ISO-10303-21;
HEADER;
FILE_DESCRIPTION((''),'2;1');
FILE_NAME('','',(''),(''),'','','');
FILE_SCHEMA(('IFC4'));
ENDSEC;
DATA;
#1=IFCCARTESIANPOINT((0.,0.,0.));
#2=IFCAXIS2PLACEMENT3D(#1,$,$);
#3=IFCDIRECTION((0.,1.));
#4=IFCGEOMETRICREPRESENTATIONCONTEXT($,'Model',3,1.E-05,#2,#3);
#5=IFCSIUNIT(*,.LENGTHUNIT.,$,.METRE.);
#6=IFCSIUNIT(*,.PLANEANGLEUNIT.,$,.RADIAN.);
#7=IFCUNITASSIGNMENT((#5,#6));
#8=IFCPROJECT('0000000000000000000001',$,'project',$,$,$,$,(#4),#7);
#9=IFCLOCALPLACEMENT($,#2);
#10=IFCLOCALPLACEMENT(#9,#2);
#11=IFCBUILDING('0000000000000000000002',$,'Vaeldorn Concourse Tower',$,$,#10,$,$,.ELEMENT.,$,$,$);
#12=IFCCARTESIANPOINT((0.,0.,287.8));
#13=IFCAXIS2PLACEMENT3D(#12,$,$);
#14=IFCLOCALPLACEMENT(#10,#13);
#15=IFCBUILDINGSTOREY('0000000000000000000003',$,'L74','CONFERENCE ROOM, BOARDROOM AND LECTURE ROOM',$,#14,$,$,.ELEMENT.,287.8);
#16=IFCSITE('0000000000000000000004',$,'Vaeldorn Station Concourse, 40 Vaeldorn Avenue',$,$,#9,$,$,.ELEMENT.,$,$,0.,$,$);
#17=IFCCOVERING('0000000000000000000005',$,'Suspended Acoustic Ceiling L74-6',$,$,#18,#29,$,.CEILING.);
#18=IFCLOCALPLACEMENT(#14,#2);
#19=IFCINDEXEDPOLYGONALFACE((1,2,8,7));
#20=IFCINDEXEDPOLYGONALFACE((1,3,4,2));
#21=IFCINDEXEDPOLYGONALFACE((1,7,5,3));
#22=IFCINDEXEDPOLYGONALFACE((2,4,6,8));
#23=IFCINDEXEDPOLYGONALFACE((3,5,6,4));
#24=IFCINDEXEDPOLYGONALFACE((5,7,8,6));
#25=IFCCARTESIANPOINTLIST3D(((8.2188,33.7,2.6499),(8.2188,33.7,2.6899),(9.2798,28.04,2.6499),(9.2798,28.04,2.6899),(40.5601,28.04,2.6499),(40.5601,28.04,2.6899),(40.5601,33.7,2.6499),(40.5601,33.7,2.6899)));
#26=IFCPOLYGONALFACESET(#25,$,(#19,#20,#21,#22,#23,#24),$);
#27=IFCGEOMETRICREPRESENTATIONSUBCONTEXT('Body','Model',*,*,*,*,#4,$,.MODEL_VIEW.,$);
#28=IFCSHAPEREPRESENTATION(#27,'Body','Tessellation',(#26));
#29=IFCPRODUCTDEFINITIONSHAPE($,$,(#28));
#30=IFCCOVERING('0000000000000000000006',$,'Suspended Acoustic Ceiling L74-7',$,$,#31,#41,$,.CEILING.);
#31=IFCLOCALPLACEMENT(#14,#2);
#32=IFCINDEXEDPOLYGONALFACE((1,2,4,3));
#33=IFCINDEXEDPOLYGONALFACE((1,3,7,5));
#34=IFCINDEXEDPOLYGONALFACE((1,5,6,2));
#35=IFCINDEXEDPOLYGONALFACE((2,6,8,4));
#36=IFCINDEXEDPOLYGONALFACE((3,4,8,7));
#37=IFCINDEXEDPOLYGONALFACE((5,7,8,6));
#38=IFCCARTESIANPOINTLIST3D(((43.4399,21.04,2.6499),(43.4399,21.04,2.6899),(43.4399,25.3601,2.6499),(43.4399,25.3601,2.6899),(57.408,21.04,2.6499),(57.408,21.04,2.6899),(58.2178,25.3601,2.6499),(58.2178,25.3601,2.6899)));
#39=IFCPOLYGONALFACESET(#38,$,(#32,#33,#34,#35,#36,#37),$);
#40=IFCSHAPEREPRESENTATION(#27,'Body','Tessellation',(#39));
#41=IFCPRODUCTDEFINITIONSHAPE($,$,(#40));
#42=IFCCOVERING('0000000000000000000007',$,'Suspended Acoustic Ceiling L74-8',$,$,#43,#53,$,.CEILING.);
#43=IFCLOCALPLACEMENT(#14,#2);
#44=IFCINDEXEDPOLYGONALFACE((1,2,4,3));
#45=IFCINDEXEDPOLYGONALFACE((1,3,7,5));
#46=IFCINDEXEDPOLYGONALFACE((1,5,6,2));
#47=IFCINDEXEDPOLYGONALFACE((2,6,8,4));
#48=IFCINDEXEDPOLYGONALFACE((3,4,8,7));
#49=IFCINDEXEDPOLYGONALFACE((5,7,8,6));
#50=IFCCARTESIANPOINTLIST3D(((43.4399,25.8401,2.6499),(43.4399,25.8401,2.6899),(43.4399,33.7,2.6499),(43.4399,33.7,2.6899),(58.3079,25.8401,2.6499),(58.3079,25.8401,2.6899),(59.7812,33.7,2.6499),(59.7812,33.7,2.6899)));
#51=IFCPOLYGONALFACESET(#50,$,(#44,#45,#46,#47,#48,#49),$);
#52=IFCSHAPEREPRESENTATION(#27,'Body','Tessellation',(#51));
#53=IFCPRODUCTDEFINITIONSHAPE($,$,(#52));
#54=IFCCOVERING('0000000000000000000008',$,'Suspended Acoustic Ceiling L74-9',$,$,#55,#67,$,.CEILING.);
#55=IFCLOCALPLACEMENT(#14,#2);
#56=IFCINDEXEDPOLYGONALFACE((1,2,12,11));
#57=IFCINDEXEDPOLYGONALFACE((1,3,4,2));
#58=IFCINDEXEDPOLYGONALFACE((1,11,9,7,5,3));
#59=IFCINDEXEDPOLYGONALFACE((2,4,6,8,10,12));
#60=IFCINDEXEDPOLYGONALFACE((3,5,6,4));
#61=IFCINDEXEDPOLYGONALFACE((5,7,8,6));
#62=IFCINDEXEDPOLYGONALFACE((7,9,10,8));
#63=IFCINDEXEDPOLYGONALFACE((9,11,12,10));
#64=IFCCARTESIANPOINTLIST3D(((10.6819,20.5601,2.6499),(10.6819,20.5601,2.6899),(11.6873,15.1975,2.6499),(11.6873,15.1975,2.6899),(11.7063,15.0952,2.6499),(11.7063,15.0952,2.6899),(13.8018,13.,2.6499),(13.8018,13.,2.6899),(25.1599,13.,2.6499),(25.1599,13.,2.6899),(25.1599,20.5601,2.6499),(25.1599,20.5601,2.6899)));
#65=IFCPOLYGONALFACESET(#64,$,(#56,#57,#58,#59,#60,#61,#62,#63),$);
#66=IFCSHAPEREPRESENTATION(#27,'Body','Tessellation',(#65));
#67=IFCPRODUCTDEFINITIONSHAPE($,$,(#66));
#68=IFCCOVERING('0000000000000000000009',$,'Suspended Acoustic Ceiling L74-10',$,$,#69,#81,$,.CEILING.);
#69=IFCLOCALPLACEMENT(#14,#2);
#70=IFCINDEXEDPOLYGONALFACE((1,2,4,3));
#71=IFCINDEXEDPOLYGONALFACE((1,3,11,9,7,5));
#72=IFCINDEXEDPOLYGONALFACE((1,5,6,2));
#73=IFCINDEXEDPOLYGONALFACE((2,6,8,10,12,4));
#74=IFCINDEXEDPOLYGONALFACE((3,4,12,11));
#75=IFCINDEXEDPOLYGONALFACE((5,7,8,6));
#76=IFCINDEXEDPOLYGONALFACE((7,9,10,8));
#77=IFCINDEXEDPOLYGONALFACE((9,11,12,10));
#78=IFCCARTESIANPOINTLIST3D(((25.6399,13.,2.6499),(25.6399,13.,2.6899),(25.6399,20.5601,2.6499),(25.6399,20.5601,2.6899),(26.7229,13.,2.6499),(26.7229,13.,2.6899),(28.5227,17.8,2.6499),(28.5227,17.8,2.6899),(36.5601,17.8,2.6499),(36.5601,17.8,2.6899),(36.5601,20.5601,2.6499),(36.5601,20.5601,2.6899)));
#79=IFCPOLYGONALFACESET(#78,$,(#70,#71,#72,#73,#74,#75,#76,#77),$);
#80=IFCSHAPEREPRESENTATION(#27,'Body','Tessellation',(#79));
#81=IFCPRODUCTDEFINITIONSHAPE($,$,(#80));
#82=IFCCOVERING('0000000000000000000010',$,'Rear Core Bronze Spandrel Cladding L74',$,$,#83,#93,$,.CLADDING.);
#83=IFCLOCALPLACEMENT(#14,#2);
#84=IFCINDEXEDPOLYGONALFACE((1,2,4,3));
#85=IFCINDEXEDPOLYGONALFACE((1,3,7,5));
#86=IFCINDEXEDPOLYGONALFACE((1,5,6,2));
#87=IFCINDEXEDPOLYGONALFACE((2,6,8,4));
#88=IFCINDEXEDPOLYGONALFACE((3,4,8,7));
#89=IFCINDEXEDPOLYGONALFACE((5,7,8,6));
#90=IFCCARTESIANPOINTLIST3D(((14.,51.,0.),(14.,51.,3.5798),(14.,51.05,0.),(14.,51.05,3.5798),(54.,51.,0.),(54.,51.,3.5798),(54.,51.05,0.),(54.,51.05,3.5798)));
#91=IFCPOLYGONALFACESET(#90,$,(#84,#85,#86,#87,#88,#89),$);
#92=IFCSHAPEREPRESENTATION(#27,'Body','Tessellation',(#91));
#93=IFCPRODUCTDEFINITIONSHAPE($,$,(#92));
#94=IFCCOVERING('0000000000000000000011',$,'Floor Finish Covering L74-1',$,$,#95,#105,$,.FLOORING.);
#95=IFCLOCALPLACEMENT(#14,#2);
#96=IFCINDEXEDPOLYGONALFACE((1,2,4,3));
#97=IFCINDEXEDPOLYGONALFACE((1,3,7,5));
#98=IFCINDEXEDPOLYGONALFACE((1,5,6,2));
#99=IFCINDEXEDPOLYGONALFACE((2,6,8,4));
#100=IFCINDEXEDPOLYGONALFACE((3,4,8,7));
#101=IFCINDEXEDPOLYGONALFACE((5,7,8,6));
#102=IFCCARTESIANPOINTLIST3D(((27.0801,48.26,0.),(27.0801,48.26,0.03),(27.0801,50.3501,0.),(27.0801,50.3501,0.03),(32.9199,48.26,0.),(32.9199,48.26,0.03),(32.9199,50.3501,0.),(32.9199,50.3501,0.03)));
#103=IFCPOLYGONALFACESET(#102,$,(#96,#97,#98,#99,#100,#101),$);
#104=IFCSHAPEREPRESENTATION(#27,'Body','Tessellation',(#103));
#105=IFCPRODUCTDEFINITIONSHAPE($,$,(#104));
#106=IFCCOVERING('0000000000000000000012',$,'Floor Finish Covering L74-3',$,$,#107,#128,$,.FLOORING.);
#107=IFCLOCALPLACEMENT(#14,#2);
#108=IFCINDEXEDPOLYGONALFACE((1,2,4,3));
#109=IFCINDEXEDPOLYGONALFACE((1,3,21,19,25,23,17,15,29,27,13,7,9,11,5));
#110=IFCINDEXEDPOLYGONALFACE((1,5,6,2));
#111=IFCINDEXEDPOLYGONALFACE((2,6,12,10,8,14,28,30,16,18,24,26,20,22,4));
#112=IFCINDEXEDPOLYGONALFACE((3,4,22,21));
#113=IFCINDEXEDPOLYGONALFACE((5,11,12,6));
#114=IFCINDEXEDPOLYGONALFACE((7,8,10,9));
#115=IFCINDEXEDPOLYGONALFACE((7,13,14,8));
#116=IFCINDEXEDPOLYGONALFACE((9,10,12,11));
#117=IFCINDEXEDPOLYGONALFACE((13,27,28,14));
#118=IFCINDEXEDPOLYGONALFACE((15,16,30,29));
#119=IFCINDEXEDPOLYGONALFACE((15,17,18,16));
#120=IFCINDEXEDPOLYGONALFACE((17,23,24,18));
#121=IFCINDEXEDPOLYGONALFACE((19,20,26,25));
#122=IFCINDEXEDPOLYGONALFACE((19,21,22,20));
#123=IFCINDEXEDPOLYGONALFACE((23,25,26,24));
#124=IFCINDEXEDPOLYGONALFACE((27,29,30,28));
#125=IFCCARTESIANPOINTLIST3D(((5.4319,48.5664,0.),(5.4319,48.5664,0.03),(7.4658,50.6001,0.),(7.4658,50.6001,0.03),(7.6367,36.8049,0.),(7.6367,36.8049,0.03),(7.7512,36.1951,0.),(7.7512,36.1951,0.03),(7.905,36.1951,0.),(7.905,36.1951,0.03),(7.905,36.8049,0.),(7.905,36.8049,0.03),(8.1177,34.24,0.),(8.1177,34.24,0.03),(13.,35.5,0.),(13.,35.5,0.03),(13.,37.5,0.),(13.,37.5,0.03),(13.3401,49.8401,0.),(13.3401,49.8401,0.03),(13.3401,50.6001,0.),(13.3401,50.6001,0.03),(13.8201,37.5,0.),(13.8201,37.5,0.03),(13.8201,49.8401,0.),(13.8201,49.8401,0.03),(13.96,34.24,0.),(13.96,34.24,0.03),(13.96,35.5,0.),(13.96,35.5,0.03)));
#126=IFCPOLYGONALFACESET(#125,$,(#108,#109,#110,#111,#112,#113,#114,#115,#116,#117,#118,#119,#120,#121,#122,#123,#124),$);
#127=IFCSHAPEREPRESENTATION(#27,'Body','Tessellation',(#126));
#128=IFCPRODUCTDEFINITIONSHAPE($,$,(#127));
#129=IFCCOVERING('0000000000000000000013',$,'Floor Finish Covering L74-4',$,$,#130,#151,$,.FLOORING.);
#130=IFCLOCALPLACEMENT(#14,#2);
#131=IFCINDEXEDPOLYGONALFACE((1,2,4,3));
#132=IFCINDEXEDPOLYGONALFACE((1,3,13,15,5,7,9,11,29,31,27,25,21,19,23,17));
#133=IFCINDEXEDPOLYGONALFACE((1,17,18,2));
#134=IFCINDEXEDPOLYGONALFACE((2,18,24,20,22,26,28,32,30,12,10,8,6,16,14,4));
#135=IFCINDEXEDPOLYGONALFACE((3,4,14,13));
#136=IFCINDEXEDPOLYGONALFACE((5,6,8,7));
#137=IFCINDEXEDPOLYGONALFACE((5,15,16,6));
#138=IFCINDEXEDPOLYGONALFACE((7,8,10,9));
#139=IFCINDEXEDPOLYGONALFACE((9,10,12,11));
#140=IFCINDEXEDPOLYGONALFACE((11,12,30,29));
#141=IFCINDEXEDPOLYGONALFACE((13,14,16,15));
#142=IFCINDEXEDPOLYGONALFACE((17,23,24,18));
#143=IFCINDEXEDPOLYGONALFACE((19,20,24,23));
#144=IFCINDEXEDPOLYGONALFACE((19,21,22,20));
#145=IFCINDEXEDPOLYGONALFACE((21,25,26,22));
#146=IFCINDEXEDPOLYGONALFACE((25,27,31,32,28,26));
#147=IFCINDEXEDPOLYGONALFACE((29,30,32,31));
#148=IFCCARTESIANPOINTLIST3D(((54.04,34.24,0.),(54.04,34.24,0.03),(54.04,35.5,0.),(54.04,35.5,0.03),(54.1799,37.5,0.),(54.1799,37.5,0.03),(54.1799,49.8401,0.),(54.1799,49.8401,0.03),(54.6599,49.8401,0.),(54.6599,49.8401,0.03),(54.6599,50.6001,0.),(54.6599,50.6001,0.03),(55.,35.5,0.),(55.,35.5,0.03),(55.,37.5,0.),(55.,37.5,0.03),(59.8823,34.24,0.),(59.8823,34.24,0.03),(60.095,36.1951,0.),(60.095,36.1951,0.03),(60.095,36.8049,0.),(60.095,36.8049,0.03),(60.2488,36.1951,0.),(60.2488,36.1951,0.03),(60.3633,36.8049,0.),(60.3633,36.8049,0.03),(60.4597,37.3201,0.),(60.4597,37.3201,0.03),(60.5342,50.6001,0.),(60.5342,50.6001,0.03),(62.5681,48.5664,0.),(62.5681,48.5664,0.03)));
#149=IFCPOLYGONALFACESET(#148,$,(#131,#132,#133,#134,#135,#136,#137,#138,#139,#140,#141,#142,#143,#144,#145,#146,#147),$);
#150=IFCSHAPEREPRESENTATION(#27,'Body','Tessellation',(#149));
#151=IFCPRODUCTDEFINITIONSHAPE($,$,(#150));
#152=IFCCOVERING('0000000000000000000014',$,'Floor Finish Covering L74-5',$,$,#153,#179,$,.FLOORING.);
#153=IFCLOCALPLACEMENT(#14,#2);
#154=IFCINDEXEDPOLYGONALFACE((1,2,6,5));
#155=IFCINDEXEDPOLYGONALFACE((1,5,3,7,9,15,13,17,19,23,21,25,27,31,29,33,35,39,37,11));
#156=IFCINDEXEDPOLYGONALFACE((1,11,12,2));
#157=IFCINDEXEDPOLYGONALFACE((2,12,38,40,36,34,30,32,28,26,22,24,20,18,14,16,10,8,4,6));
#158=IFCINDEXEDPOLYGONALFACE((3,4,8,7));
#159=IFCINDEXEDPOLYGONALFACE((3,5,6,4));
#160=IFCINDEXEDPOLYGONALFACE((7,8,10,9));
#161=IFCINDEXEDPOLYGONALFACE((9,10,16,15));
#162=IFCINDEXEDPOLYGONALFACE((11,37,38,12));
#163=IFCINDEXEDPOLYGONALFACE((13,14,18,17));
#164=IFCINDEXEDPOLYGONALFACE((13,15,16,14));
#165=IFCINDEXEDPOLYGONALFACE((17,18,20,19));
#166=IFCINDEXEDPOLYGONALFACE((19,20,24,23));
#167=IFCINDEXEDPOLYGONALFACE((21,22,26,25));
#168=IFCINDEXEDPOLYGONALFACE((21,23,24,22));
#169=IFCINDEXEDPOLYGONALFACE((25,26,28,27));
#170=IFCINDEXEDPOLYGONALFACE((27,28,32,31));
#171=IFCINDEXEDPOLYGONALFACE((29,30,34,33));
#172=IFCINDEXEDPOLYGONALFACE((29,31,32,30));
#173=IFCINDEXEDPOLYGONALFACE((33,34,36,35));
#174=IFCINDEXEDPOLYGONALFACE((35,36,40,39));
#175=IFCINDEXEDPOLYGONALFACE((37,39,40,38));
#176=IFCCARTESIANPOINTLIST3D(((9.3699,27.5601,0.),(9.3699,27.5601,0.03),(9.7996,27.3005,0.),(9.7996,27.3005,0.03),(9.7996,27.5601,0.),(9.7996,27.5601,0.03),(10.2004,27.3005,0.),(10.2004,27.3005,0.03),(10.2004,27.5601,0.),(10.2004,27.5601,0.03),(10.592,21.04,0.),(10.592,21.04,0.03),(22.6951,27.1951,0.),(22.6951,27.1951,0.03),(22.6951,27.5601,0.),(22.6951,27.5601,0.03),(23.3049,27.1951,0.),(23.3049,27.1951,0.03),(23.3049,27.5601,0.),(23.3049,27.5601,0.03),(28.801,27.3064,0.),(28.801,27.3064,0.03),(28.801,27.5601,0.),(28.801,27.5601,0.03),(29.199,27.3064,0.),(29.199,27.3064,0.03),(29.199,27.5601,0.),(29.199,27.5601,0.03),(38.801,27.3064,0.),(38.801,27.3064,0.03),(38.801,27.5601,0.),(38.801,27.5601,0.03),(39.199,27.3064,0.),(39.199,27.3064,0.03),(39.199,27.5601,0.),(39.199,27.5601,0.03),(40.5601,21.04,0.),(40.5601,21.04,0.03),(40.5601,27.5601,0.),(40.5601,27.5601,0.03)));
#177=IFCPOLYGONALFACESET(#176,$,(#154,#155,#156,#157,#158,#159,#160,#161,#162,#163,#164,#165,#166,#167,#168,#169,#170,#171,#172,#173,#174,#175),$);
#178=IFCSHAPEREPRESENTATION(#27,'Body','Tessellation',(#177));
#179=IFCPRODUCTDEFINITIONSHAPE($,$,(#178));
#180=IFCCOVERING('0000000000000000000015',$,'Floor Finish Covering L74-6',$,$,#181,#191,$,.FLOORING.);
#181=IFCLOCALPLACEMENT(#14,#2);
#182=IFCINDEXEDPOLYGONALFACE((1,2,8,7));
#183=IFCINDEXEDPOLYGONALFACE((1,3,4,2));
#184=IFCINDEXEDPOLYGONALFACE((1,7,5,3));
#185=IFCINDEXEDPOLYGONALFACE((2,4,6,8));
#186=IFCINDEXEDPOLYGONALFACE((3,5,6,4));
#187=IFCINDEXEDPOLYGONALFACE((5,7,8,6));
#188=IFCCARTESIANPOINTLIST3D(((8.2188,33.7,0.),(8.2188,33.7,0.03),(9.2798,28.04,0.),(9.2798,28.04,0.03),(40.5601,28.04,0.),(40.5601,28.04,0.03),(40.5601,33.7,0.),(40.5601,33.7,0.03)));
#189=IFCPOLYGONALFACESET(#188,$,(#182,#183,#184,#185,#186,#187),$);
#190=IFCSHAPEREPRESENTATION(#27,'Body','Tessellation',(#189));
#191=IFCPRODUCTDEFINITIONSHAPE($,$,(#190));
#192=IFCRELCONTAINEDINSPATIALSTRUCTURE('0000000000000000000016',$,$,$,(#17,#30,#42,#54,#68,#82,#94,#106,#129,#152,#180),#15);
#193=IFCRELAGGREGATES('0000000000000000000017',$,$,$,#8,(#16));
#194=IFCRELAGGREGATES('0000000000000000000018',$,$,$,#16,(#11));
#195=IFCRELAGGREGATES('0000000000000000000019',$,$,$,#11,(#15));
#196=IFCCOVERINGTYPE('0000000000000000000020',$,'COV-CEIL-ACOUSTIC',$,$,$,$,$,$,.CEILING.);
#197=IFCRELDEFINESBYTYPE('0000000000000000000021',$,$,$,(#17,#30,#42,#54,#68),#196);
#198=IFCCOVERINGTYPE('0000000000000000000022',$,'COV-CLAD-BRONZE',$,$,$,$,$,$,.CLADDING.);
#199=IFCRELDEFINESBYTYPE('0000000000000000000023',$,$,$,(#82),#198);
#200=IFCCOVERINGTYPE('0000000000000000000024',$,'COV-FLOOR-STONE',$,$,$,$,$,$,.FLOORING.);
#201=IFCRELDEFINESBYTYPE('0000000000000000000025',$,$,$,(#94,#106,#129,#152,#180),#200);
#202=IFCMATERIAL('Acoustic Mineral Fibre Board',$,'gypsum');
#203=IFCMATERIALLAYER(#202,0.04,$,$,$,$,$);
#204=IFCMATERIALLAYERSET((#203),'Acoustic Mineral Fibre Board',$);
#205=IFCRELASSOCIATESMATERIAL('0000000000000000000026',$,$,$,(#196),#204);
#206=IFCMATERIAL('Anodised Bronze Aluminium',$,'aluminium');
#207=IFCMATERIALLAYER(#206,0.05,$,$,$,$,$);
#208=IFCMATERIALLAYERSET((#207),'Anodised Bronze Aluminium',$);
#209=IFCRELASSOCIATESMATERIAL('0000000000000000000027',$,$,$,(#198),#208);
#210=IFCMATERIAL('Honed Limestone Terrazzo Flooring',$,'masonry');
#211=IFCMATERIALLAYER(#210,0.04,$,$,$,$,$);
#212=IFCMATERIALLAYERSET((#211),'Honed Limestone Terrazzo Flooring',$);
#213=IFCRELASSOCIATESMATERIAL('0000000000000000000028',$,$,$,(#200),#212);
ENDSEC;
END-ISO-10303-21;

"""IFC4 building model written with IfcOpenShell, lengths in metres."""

from ifc_helpers import new_model, si_unit, direction, frame, origin, place, context, subcontext, project, spatial, polyline, outline, extrude, material, layer, layer_set, type_object, element, save


model = new_model("IFC4")

# Units and contexts
model_context = context("Model", 3, precision=1e-05, world=origin(), true_north=direction((0.0, 1.0)))
body_context = subcontext(model_context, "Body", "Model", "MODEL_VIEW")
ifc_project = project(units=[si_unit("LENGTHUNIT", "METRE"), si_unit("PLANEANGLEUNIT", "RADIAN")], contexts=[model_context])

# Site, building, storey
site_placement = place(None, origin())
site = spatial("IfcSite", under=ifc_project, at=site_placement, Name="Vaeldorn Station Concourse, 40 Vaeldorn Avenue", CompositionType="ELEMENT", RefElevation=0.0)
building_placement = place(site_placement, origin())
building = spatial("IfcBuilding", under=site, at=building_placement, Name="Vaeldorn Concourse Tower", CompositionType="ELEMENT")
storey_placement = place(building_placement, frame((0.0, 0.0, 287.8)))
storey = spatial("IfcBuildingStorey", under=building, at=storey_placement, Name="L74", Description="CONFERENCE ROOM, BOARDROOM AND LECTURE ROOM", CompositionType="ELEMENT", Elevation=287.8)

# Coverings
ifc_material_1 = material(Name="Acoustic Mineral Fibre Board", Category="gypsum")
ifc_layer_1 = layer(ifc_material_1, 0.04)
ifc_layer_set_1 = layer_set([ifc_layer_1], Name="Acoustic Mineral Fibre Board")
covering_type_1 = type_object("IfcCoveringType", Name="COV-CEIL-ACOUSTIC", PredefinedType="CEILING", material=ifc_layer_set_1)
covering_1_placement = place(storey_placement, frame((0.0, 0.0, 2.6499)))
element("IfcCovering", 1, at=covering_1_placement, inside=storey, type_object=covering_type_1, Name="Suspended Acoustic Ceiling L74-6", PredefinedType="CEILING", context=body_context, shape_type="SweptSolid", body=[
    extrude(outline(polyline([(40.5601, 33.7), (40.5601, 28.04), (9.2798, 28.04), (8.2188, 33.7), (40.5601, 33.7)])), origin(), (0.0, 0.0, 1.0), 0.04),
])
covering_2_placement = place(storey_placement, frame((0.0, 0.0, 2.6499)))
element("IfcCovering", 2, at=covering_2_placement, inside=storey, type_object=covering_type_1, Name="Suspended Acoustic Ceiling L74-7", PredefinedType="CEILING", context=body_context, shape_type="SweptSolid", body=[
    extrude(outline(polyline([(43.4399, 21.04), (43.4399, 25.3601), (58.2178, 25.3601), (57.408, 21.04), (43.4399, 21.04)])), origin(), (0.0, 0.0, 1.0), 0.04),
])
covering_3_placement = place(storey_placement, frame((0.0, 0.0, 2.6499)))
element("IfcCovering", 3, at=covering_3_placement, inside=storey, type_object=covering_type_1, Name="Suspended Acoustic Ceiling L74-8", PredefinedType="CEILING", context=body_context, shape_type="SweptSolid", body=[
    extrude(outline(polyline([(43.4399, 25.8401), (43.4399, 33.7), (59.7812, 33.7), (58.3079, 25.8401), (43.4399, 25.8401)])), origin(), (0.0, 0.0, 1.0), 0.04),
])
covering_4_placement = place(storey_placement, frame((0.0, 0.0, 2.6499)))
element("IfcCovering", 4, at=covering_4_placement, inside=storey, type_object=covering_type_1, Name="Suspended Acoustic Ceiling L74-9", PredefinedType="CEILING", context=body_context, shape_type="SweptSolid", body=[
    extrude(outline(polyline([(25.1599, 20.5601), (25.1599, 13.0), (13.8018, 13.0), (11.7063, 15.0952), (11.6873, 15.1975), (10.6819, 20.5601), (25.1599, 20.5601)])), origin(), (0.0, 0.0, 1.0), 0.04),
])
covering_5_placement = place(storey_placement, frame((0.0, 0.0, 2.6499)))
element("IfcCovering", 5, at=covering_5_placement, inside=storey, type_object=covering_type_1, Name="Suspended Acoustic Ceiling L74-10", PredefinedType="CEILING", context=body_context, shape_type="SweptSolid", body=[
    extrude(outline(polyline([(26.7229, 13.0), (25.6399, 13.0), (25.6399, 20.5601), (36.5601, 20.5601), (36.5601, 17.8), (28.5227, 17.8), (26.7229, 13.0)])), origin(), (0.0, 0.0, 1.0), 0.04),
])
ifc_material_2 = material(Name="Anodised Bronze Aluminium", Category="aluminium")
ifc_layer_2 = layer(ifc_material_2, 0.05)
ifc_layer_set_2 = layer_set([ifc_layer_2], Name="Anodised Bronze Aluminium")
covering_type_2 = type_object("IfcCoveringType", Name="COV-CLAD-BRONZE", PredefinedType="CLADDING", material=ifc_layer_set_2)
covering_6_placement = place(storey_placement, origin())
element("IfcCovering", 6, at=covering_6_placement, inside=storey, type_object=covering_type_2, Name="Rear Core Bronze Spandrel Cladding L74", PredefinedType="CLADDING", context=body_context, shape_type="SweptSolid", body=[
    extrude(outline(polyline([(14.0, 51.0), (54.0, 51.0), (54.0, 51.05), (14.0, 51.05), (14.0, 51.0)])), origin(), (0.0, 0.0, 1.0), 3.5798),
])
ifc_material_3 = material(Name="Honed Limestone Terrazzo Flooring", Category="masonry")
ifc_layer_3 = layer(ifc_material_3, 0.04)
ifc_layer_set_3 = layer_set([ifc_layer_3], Name="Honed Limestone Terrazzo Flooring")
covering_type_3 = type_object("IfcCoveringType", Name="COV-FLOOR-STONE", PredefinedType="FLOORING", material=ifc_layer_set_3)
covering_7_placement = place(storey_placement, origin())
element("IfcCovering", 7, at=covering_7_placement, inside=storey, type_object=covering_type_3, Name="Floor Finish Covering L74-1", PredefinedType="FLOORING", context=body_context, shape_type="SweptSolid", body=[
    extrude(outline(polyline([(27.0801, 48.26), (27.0801, 50.3501), (32.9199, 50.3501), (32.9199, 48.26), (27.0801, 48.26)])), origin(), (0.0, 0.0, 1.0), 0.03),
])
covering_8_placement = place(storey_placement, origin())
element("IfcCovering", 8, at=covering_8_placement, inside=storey, type_object=covering_type_3, Name="Floor Finish Covering L74-3", PredefinedType="FLOORING", context=body_context, shape_type="SweptSolid", body=[
    extrude(outline(polyline([(7.4658, 50.6001), (13.3401, 50.6001), (13.3401, 49.8401), (13.8201, 49.8401), (13.8201, 37.5), (13.0, 37.5), (13.0, 35.5), (13.96, 35.5), (13.96, 34.24), (8.1177, 34.24), (7.7512, 36.1951), (7.905, 36.1951), (7.905, 36.8049), (7.6367, 36.8049), (5.4319, 48.5664), (7.4658, 50.6001)])), origin(), (0.0, 0.0, 1.0), 0.03),
])
covering_9_placement = place(storey_placement, origin())
element("IfcCovering", 9, at=covering_9_placement, inside=storey, type_object=covering_type_3, Name="Floor Finish Covering L74-4", PredefinedType="FLOORING", context=body_context, shape_type="SweptSolid", body=[
    extrude(outline(polyline([(54.1799, 49.8401), (54.6599, 49.8401), (54.6599, 50.6001), (60.5342, 50.6001), (62.5681, 48.5664), (60.4597, 37.3201), (60.4597, 37.3201), (60.3633, 36.8049), (60.095, 36.8049), (60.095, 36.1951), (60.2488, 36.1951), (59.8823, 34.24), (54.04, 34.24), (54.04, 35.5), (55.0, 35.5), (55.0, 37.5), (54.1799, 37.5), (54.1799, 49.8401)])), origin(), (0.0, 0.0, 1.0), 0.03),
])
covering_10_placement = place(storey_placement, origin())
element("IfcCovering", 10, at=covering_10_placement, inside=storey, type_object=covering_type_3, Name="Floor Finish Covering L74-5", PredefinedType="FLOORING", context=body_context, shape_type="SweptSolid", body=[
    extrude(outline(polyline([(9.7996, 27.5601), (9.7996, 27.3005), (10.2004, 27.3005), (10.2004, 27.5601), (22.6951, 27.5601), (22.6951, 27.1951), (23.3049, 27.1951), (23.3049, 27.5601), (28.801, 27.5601), (28.801, 27.3064), (29.199, 27.3064), (29.199, 27.5601), (38.801, 27.5601), (38.801, 27.3064), (39.199, 27.3064), (39.199, 27.5601), (40.5601, 27.5601), (40.5601, 21.04), (10.592, 21.04), (9.3699, 27.5601), (9.7996, 27.5601)])), origin(), (0.0, 0.0, 1.0), 0.03),
])
covering_11_placement = place(storey_placement, origin())
element("IfcCovering", 11, at=covering_11_placement, inside=storey, type_object=covering_type_3, Name="Floor Finish Covering L74-6", PredefinedType="FLOORING", context=body_context, shape_type="SweptSolid", body=[
    extrude(outline(polyline([(40.5601, 33.7), (40.5601, 28.04), (9.2798, 28.04), (8.2188, 33.7), (40.5601, 33.7)])), origin(), (0.0, 0.0, 1.0), 0.03),
])

save(model, "model.ifc")
